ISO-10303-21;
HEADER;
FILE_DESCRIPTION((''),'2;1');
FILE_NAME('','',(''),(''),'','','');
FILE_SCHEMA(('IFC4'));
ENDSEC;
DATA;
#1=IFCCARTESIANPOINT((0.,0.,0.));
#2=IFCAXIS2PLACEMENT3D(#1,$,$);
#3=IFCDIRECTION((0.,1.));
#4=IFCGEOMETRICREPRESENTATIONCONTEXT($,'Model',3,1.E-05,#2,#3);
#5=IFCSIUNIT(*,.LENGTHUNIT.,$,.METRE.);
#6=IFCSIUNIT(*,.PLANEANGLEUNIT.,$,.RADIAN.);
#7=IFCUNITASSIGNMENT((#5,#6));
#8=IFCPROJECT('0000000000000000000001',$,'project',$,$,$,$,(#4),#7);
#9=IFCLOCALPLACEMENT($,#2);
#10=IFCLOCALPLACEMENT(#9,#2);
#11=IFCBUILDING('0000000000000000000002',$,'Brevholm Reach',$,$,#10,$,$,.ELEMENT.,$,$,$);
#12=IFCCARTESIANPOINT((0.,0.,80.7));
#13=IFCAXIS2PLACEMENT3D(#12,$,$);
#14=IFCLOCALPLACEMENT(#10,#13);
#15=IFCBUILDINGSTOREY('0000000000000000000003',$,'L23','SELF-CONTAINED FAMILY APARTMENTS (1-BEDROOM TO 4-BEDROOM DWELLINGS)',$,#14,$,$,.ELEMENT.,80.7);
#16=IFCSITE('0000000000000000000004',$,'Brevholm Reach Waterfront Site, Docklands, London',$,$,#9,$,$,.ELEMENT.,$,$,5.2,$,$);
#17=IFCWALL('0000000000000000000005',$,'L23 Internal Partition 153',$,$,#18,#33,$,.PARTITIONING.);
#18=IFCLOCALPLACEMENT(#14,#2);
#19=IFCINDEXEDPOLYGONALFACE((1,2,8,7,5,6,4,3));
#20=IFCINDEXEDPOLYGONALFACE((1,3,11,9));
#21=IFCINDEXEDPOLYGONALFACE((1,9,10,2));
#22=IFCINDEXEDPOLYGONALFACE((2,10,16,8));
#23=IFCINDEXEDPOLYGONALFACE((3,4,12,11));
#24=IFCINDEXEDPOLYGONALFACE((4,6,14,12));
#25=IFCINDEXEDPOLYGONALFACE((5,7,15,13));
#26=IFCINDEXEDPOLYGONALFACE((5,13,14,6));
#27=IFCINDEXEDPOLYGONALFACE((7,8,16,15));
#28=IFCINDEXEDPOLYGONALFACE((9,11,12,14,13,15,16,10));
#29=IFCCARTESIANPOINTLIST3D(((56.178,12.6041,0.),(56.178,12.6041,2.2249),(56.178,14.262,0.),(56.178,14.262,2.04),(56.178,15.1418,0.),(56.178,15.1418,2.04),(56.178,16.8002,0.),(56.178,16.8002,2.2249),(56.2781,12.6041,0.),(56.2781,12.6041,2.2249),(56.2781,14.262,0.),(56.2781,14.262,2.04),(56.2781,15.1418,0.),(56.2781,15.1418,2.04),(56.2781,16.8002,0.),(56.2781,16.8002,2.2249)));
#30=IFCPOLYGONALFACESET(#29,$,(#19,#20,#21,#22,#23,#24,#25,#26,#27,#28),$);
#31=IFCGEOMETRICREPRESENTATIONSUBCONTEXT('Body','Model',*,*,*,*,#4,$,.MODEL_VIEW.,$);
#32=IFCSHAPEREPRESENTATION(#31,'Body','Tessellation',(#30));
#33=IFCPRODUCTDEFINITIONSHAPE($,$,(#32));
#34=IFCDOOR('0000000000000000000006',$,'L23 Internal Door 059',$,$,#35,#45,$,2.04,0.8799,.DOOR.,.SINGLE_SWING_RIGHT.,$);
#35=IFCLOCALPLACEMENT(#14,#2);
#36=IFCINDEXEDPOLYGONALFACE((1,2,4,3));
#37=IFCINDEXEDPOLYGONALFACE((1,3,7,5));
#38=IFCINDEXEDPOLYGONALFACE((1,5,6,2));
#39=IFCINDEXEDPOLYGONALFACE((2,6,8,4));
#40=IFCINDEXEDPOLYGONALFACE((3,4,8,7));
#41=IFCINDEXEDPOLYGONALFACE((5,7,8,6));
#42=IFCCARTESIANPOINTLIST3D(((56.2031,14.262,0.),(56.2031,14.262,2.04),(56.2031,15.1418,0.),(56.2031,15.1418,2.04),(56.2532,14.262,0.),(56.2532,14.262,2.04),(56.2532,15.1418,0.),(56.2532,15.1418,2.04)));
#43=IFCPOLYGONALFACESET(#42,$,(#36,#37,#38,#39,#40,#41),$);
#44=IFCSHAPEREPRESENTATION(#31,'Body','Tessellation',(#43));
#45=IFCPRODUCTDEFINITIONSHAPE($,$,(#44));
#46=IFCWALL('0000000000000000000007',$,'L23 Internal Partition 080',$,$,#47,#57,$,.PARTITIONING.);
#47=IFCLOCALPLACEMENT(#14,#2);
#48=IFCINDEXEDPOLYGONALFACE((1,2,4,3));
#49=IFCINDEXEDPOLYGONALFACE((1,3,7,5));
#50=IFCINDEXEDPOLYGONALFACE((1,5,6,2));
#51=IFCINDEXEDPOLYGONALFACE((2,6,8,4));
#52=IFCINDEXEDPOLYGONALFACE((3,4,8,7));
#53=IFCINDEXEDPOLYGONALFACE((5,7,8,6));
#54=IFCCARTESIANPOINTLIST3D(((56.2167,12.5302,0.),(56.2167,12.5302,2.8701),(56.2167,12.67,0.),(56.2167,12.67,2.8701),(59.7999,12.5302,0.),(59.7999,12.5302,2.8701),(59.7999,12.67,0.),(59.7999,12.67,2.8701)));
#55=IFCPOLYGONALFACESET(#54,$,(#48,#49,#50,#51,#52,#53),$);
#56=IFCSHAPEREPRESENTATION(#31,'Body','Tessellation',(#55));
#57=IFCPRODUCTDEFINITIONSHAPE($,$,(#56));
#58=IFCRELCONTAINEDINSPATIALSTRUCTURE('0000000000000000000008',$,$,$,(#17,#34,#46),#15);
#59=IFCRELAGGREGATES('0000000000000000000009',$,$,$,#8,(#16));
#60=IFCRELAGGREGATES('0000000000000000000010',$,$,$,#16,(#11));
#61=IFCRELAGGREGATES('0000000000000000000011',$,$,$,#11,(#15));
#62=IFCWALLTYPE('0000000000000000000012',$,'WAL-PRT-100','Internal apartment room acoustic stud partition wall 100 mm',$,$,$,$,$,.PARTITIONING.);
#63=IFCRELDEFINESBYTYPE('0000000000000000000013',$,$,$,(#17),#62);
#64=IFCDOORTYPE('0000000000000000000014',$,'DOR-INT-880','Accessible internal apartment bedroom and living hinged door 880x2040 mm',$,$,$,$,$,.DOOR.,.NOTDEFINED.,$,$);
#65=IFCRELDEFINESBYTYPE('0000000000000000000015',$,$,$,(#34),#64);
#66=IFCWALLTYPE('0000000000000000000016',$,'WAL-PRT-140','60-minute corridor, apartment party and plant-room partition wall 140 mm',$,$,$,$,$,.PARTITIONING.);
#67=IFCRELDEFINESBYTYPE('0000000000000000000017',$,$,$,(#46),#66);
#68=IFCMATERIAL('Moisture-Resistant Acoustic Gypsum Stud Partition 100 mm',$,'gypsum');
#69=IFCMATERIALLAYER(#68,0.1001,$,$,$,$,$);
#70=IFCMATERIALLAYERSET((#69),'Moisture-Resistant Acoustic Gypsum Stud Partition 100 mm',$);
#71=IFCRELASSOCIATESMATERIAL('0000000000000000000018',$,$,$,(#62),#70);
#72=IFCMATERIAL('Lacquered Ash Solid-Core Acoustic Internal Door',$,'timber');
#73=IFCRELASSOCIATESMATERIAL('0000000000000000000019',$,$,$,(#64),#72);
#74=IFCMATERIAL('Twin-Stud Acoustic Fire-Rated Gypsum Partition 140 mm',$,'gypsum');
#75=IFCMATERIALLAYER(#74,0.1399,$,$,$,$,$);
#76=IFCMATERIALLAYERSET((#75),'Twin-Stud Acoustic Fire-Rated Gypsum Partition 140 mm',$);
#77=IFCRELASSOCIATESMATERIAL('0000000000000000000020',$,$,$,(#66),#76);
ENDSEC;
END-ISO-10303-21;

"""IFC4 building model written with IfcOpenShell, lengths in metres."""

from ifc_helpers import new_model, si_unit, direction, frame, frame_2d, origin, place, context, subcontext, project, spatial, rectangle, extrude, material, layer, layer_set, type_object, element, fill, save


model = new_model("IFC4")

# Units and contexts
model_context = context("Model", 3, precision=1e-05, world=origin(), true_north=direction((0.0, 1.0)))
body_context = subcontext(model_context, "Body", "Model", "MODEL_VIEW")
ifc_project = project(units=[si_unit("LENGTHUNIT", "METRE"), si_unit("PLANEANGLEUNIT", "RADIAN")], contexts=[model_context])

# Site, building, storey
site_placement = place(None, origin())
site = spatial("IfcSite", under=ifc_project, at=site_placement, Name="Brevholm Reach Waterfront Site, Docklands, London", CompositionType="ELEMENT", RefElevation=5.2)
building_placement = place(site_placement, origin())
building = spatial("IfcBuilding", under=site, at=building_placement, Name="Brevholm Reach", CompositionType="ELEMENT")
storey_placement = place(building_placement, frame((0.0, 0.0, 80.7)))
storey = spatial("IfcBuildingStorey", under=building, at=storey_placement, Name="L23", Description="SELF-CONTAINED FAMILY APARTMENTS (1-BEDROOM TO 4-BEDROOM DWELLINGS)", CompositionType="ELEMENT", Elevation=80.7)

# Shared definitions
ifc_material_1 = material(Name="Moisture-Resistant Acoustic Gypsum Stud Partition 100 mm", Category="gypsum")
ifc_layer_1 = layer(ifc_material_1, 0.1001)
ifc_layer_set_1 = layer_set([ifc_layer_1], Name="Moisture-Resistant Acoustic Gypsum Stud Partition 100 mm")
wall_type_1 = type_object("IfcWallType", Name="WAL-PRT-100", Description="Internal apartment room acoustic stud partition wall 100 mm", PredefinedType="PARTITIONING", material=ifc_layer_set_1)

# Wall, opening, door
wall_1_placement = place(storey_placement, frame((56.228, 12.604, 0.0), z_axis=(0.0, 0.0, 1.0), x_axis=(0.0, 1.0, 0.0)))
wall_1 = element("IfcWall", 1, at=wall_1_placement, inside=storey, type_object=wall_type_1, Name="L23 Internal Partition 153", PredefinedType="PARTITIONING", context=body_context, shape_type="SweptSolid", body=[
    extrude(rectangle(XDim=4.196, YDim=0.1001, at=frame_2d((2.0981, 0.0))), origin(), (0.0, 0.0, 1.0), 2.2249),
])
opening_placement = place(wall_1_placement, frame((1.658, 0.0, 0.0)))
opening = element("IfcOpeningElement", 2, at=opening_placement, cuts=wall_1, PredefinedType="OPENING", context=body_context, shape_type="SweptSolid", body=[
    extrude(rectangle(XDim=0.8799, YDim=2.04, at=frame_2d((0.4399, 1.02))), frame((0.0, 0.0601, 0.0), z_axis=(0.0, -1.0, 0.0), x_axis=(1.0, 0.0, 0.0)), (0.0, 0.0, 1.0), 0.1201),
])
ifc_material_2 = material(Name="Lacquered Ash Solid-Core Acoustic Internal Door", Category="timber")
door_type = type_object("IfcDoorType", Name="DOR-INT-880", Description="Accessible internal apartment bedroom and living hinged door 880x2040 mm", OperationType="NOTDEFINED", PredefinedType="DOOR", material=ifc_material_2)
door_placement = place(opening_placement, origin())
door = element("IfcDoor", 3, at=door_placement, inside=storey, type_object=door_type, Name="L23 Internal Door 059", OperationType="SINGLE_SWING_RIGHT", OverallHeight=2.04, OverallWidth=0.8799, PredefinedType="DOOR", context=body_context, shape_type="SweptSolid", body=[
    extrude(rectangle(XDim=0.8799, YDim=2.04, at=frame_2d((0.4399, 1.02))), frame((0.0, 0.0249, 0.0), z_axis=(0.0, -1.0, 0.0), x_axis=(1.0, 0.0, 0.0)), (0.0, 0.0, 1.0), 0.05),
])
fill(opening, door)

# Wall
ifc_material_3 = material(Name="Twin-Stud Acoustic Fire-Rated Gypsum Partition 140 mm", Category="gypsum")
ifc_layer_2 = layer(ifc_material_3, 0.1399)
ifc_layer_set_2 = layer_set([ifc_layer_2], Name="Twin-Stud Acoustic Fire-Rated Gypsum Partition 140 mm")
wall_type_2 = type_object("IfcWallType", Name="WAL-PRT-140", Description="60-minute corridor, apartment party and plant-room partition wall 140 mm", PredefinedType="PARTITIONING", material=ifc_layer_set_2)
wall_2_placement = place(storey_placement, frame((56.2168, 12.6001, 0.0), z_axis=(0.0, 0.0, 1.0), x_axis=(1.0, 0.0, 0.0)))
element("IfcWall", 4, at=wall_2_placement, inside=storey, type_object=wall_type_2, Name="L23 Internal Partition 080", PredefinedType="PARTITIONING", context=body_context, shape_type="SweptSolid", body=[
    extrude(rectangle(XDim=3.5833, YDim=0.1399, at=frame_2d((1.7915, 0.0))), origin(), (0.0, 0.0, 1.0), 2.8701),
])

save(model, "model.ifc")
